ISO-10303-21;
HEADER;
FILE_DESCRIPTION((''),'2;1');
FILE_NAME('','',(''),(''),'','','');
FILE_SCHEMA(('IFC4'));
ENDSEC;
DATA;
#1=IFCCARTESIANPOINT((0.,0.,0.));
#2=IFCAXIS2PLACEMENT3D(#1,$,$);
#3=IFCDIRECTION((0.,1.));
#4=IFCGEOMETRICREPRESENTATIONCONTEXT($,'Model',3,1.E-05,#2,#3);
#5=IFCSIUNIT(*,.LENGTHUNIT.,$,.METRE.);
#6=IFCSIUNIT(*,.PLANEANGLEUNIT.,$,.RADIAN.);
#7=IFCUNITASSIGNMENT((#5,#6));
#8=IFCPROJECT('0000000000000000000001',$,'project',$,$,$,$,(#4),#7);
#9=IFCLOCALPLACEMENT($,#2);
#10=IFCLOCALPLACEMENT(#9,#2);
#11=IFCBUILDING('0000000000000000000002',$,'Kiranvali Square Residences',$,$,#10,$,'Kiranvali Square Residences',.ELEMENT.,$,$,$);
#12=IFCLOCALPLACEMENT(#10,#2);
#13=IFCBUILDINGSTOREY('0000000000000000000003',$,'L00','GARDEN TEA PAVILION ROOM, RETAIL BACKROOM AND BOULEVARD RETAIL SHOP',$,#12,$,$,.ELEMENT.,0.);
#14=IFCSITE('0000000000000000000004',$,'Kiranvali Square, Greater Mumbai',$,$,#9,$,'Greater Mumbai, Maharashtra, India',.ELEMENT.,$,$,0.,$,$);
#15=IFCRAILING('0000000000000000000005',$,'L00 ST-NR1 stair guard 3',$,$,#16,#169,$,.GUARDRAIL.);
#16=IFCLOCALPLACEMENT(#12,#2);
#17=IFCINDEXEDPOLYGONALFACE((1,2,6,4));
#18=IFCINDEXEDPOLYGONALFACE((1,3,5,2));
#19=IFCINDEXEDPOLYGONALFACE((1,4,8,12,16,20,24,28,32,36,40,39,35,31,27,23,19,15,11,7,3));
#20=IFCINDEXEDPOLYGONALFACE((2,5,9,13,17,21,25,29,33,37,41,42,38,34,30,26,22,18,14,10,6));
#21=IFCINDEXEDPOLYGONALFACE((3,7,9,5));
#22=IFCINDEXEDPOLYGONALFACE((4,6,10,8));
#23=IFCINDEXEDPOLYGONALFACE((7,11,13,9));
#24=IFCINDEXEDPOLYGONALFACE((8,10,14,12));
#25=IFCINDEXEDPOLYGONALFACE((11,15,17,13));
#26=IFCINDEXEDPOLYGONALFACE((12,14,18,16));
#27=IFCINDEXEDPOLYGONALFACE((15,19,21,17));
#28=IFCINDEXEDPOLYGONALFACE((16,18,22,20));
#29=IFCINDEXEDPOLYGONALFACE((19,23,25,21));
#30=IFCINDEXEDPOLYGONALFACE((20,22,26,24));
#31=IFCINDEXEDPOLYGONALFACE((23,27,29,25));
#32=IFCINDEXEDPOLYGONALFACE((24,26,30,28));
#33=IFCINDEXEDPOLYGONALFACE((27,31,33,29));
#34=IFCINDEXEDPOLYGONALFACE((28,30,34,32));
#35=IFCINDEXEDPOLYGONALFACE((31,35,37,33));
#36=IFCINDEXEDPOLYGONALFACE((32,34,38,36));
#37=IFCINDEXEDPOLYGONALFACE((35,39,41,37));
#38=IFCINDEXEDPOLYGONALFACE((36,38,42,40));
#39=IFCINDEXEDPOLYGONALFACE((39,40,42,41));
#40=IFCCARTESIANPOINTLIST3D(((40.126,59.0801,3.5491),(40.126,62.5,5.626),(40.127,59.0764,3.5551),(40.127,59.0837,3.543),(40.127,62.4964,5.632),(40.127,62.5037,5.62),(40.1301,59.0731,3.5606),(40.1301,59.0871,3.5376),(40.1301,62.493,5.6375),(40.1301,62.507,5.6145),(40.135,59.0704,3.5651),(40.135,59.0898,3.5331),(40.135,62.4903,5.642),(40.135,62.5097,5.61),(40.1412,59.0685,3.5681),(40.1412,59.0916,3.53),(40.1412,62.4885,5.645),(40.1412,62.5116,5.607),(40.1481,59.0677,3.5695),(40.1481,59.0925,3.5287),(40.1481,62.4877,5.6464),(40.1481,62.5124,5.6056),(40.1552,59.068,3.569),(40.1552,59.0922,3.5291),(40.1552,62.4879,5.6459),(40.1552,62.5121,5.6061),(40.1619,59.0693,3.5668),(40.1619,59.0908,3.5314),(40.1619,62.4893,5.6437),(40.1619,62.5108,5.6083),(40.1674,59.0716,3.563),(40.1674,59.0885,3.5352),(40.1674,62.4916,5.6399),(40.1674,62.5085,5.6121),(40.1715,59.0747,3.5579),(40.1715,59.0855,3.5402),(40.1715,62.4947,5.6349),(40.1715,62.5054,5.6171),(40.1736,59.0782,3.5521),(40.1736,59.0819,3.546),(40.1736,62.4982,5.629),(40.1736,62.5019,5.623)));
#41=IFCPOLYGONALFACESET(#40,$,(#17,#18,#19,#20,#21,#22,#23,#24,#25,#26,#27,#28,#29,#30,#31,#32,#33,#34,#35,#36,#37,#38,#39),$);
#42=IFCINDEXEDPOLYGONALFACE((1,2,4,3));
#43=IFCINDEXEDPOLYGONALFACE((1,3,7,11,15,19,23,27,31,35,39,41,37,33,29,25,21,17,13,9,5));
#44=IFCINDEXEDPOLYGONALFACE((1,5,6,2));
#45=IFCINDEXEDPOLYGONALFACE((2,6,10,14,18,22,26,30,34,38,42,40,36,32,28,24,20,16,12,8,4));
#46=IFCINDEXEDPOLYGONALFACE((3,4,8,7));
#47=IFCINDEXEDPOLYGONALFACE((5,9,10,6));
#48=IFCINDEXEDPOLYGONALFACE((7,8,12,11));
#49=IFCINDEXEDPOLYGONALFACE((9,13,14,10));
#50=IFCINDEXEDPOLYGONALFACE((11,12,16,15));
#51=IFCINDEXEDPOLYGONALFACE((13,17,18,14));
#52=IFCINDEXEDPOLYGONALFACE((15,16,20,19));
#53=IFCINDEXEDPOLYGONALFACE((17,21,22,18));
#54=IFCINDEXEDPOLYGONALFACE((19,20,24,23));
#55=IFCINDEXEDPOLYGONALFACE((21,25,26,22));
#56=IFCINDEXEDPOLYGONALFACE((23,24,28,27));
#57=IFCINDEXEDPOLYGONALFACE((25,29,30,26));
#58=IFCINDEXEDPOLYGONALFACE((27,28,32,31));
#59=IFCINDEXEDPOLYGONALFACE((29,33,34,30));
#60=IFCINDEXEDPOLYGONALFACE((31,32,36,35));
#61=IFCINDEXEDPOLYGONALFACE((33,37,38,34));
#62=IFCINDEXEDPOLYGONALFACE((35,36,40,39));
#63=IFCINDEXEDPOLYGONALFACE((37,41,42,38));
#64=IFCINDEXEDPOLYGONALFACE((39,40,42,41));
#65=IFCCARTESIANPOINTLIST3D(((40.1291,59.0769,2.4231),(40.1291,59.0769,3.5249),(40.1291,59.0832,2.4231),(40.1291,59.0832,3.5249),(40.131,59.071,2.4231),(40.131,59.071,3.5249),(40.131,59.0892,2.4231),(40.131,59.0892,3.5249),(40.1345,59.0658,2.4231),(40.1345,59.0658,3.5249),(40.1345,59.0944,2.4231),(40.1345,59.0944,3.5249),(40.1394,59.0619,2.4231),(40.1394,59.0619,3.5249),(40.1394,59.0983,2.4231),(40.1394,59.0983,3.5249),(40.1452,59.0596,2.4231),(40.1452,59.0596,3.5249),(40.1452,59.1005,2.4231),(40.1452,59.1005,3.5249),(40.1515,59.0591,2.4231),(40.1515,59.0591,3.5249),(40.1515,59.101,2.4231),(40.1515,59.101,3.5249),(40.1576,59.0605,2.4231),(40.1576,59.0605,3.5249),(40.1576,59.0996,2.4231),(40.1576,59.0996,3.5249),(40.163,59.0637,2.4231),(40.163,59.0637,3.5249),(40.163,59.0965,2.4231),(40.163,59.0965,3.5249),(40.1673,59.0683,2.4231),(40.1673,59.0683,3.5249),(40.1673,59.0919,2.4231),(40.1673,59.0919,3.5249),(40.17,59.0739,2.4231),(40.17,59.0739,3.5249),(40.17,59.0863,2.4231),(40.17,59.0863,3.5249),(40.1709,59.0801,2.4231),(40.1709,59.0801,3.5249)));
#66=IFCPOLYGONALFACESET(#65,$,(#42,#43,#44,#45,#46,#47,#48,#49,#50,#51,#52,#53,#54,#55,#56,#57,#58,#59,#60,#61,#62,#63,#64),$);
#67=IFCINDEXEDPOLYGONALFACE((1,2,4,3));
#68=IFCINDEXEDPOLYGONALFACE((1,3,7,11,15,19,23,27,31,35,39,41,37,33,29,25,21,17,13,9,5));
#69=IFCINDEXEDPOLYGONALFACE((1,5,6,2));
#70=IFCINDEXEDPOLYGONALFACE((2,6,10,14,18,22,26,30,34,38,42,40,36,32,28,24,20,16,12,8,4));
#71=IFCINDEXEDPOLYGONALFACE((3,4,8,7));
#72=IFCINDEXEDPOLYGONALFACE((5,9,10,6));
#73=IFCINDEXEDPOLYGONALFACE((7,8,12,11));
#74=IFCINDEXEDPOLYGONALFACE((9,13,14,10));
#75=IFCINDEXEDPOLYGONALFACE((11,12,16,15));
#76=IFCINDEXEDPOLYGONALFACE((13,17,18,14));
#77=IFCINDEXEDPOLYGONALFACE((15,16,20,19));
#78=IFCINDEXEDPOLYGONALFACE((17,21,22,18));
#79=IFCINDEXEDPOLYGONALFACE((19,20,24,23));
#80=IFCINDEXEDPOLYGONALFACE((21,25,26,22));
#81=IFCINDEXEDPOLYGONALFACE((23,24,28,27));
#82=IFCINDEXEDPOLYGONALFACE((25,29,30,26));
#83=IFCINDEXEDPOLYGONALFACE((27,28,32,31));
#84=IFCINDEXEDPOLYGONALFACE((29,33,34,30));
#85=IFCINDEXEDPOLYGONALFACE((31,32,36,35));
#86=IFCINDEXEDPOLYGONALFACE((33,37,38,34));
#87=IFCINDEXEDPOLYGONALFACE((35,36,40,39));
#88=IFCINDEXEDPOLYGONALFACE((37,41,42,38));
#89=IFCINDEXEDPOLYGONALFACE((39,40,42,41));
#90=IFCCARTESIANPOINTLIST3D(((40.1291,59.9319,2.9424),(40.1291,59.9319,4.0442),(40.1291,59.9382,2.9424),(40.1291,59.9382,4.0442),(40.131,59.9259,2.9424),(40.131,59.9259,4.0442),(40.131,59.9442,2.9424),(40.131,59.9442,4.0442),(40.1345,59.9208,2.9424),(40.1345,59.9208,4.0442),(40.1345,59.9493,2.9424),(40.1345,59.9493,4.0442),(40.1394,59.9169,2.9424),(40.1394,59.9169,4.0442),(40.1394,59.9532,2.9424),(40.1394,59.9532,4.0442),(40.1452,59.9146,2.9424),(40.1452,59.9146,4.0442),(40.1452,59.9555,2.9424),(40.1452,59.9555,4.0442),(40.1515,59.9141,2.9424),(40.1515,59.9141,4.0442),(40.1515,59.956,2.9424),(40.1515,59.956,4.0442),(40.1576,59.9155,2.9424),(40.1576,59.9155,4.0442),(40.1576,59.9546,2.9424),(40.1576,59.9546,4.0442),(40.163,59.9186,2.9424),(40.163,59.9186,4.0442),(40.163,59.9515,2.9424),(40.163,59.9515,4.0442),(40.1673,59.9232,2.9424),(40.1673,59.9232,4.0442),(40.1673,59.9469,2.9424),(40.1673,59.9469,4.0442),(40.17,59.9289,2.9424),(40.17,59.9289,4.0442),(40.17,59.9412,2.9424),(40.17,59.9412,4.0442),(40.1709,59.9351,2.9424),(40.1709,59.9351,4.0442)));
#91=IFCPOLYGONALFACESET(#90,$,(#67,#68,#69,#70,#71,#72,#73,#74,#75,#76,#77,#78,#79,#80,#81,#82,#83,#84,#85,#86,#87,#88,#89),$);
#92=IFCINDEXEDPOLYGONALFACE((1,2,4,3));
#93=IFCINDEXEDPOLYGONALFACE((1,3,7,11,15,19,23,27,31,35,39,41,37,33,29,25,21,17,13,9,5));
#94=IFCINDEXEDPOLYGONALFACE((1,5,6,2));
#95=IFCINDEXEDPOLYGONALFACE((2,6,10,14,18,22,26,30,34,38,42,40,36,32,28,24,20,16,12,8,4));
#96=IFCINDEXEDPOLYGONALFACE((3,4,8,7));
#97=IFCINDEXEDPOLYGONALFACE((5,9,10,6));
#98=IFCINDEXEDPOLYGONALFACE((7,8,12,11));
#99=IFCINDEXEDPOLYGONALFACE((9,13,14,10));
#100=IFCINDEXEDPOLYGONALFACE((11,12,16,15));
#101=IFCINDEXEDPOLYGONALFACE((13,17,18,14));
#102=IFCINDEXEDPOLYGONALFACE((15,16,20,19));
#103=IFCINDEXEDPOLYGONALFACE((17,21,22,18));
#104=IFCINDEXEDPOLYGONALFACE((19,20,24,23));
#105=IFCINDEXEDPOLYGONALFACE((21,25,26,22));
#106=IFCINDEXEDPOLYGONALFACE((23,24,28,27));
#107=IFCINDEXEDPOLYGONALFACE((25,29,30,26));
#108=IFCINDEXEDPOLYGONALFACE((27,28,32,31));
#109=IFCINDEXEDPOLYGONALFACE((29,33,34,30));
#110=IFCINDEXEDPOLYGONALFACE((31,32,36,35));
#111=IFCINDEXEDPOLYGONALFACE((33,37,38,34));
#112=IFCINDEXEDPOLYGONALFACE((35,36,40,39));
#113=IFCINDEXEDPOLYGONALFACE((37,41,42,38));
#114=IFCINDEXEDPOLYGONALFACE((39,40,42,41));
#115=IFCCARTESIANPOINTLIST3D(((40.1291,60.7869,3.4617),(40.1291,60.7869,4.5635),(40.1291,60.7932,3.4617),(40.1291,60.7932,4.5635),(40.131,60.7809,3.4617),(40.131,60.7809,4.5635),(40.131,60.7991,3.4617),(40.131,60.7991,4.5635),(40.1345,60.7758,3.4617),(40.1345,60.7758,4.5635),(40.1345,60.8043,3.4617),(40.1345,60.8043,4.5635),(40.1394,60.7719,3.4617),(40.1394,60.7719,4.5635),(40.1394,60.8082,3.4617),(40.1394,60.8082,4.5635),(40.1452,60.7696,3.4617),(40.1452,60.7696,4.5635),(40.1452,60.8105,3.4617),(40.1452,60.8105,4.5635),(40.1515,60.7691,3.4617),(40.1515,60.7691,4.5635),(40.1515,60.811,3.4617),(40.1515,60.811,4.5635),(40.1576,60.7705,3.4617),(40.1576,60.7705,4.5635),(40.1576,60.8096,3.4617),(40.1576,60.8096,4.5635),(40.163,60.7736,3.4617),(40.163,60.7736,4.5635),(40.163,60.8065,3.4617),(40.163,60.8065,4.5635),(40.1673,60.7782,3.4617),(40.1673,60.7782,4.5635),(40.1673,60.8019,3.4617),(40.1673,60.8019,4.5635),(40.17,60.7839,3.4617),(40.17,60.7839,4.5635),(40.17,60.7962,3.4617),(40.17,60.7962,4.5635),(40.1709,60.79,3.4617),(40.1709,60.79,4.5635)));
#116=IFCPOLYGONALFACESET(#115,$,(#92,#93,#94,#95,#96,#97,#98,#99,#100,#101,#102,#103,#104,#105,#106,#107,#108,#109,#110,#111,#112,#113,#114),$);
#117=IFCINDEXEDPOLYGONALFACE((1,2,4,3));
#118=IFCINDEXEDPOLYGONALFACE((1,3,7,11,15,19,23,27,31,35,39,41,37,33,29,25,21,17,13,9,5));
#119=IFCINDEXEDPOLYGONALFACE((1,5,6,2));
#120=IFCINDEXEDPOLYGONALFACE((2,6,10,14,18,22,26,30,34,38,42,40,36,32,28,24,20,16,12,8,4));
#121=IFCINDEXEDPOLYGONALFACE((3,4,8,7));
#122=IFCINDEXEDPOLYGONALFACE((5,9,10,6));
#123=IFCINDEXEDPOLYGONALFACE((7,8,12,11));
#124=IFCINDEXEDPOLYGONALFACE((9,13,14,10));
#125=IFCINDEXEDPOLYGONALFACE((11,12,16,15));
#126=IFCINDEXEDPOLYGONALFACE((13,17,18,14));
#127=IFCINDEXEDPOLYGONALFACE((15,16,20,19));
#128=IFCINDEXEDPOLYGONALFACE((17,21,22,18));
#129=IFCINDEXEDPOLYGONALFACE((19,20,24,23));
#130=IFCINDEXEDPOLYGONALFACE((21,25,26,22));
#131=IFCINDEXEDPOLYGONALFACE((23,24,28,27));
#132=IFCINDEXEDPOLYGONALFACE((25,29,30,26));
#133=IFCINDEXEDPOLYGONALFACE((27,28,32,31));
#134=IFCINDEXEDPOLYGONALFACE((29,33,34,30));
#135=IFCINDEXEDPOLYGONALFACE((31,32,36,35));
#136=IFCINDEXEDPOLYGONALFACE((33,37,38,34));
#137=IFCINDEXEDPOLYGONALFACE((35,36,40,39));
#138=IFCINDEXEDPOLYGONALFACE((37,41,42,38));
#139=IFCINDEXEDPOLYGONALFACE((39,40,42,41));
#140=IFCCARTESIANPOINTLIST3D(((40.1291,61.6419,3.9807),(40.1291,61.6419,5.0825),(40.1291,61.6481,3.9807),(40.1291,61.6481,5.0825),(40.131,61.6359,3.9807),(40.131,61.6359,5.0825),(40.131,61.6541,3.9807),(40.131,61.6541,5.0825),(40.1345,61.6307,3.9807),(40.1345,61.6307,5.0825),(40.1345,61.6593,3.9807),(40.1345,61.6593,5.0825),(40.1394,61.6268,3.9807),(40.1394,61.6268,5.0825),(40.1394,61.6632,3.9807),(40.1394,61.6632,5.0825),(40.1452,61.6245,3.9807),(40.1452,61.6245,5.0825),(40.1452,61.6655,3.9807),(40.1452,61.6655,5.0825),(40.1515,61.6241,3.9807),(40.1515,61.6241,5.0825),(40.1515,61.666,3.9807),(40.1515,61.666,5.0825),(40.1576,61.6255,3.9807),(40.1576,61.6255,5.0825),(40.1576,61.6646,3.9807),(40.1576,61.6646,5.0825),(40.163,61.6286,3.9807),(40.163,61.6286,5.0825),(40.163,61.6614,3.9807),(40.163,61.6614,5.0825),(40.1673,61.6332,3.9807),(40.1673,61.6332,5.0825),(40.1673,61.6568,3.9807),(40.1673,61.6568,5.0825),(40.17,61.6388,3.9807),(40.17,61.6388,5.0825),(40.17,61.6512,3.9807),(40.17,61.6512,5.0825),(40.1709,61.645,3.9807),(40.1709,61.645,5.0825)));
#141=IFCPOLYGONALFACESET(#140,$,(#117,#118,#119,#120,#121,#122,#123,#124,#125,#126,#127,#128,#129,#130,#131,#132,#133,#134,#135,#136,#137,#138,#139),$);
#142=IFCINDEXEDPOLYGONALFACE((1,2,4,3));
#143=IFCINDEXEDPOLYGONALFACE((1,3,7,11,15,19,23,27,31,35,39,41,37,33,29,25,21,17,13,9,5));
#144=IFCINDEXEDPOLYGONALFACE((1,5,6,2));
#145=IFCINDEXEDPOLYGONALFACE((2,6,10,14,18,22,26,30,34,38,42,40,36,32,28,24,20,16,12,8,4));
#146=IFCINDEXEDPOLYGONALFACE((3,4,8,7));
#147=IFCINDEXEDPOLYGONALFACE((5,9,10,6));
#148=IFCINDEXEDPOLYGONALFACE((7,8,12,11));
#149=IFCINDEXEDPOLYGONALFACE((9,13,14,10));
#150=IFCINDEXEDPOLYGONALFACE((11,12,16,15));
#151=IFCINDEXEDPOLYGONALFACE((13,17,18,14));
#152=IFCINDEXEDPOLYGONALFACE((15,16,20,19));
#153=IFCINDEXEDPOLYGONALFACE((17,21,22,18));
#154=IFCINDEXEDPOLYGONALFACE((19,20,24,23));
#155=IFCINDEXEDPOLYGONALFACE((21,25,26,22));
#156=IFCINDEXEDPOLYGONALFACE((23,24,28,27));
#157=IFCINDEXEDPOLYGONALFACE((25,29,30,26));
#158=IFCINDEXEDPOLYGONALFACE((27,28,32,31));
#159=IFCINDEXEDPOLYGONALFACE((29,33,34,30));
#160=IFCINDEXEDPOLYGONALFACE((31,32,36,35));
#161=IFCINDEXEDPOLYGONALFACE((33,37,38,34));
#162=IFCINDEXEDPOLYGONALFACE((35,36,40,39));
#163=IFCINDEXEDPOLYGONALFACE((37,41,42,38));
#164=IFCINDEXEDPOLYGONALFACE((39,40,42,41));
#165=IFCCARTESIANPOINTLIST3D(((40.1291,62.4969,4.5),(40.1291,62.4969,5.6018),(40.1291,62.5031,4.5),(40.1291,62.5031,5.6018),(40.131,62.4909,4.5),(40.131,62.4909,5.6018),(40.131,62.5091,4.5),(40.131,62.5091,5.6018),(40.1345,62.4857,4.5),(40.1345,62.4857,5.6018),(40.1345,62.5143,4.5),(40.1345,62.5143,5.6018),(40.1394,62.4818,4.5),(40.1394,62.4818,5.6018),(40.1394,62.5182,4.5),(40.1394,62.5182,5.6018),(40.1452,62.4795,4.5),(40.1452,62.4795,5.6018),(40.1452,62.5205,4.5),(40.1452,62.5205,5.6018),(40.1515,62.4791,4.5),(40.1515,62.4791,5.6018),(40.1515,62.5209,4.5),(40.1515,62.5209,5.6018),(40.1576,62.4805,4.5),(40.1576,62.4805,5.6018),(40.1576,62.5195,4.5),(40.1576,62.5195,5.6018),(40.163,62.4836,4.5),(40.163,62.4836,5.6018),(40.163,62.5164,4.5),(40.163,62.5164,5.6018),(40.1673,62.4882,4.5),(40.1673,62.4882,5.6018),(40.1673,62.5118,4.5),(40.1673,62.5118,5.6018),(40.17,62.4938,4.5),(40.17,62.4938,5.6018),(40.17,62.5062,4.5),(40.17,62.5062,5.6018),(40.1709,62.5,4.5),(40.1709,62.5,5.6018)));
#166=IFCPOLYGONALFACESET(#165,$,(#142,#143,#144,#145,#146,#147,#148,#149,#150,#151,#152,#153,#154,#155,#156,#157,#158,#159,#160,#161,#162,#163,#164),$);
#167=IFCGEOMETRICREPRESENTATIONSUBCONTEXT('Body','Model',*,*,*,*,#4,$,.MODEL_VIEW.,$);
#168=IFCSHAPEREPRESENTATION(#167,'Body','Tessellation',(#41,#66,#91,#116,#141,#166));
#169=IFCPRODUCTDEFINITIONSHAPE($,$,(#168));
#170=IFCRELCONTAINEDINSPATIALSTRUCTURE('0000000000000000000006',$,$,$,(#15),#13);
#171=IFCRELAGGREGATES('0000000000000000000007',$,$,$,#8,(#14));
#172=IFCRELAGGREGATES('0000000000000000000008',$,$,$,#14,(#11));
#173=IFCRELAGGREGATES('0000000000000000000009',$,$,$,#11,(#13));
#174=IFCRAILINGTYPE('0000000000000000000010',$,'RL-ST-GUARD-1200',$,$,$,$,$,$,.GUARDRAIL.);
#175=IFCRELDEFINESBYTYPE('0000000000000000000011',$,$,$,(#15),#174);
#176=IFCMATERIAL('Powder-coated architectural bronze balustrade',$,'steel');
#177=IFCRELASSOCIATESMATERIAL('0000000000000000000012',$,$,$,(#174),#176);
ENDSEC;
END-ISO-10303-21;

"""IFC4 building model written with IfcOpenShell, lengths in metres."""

from ifc_helpers import new_model, si_unit, direction, frame, origin, origin_2d, place, context, subcontext, project, spatial, circle, extrude, material, type_object, element, save


model = new_model("IFC4")

# Units and contexts
model_context = context("Model", 3, precision=1e-05, world=origin(), true_north=direction((0.0, 1.0)))
body_context = subcontext(model_context, "Body", "Model", "MODEL_VIEW")
ifc_project = project(units=[si_unit("LENGTHUNIT", "METRE"), si_unit("PLANEANGLEUNIT", "RADIAN")], contexts=[model_context])

# Site, building, storey
site_placement = place(None, origin())
site = spatial("IfcSite", under=ifc_project, at=site_placement, Name="Kiranvali Square, Greater Mumbai", LongName="Greater Mumbai, Maharashtra, India", CompositionType="ELEMENT", RefElevation=0.0)
building_placement = place(site_placement, origin())
building = spatial("IfcBuilding", under=site, at=building_placement, Name="Kiranvali Square Residences", LongName="Kiranvali Square Residences", CompositionType="ELEMENT")
storey_placement = place(building_placement, origin())
storey = spatial("IfcBuildingStorey", under=building, at=storey_placement, Name="L00", Description="GARDEN TEA PAVILION ROOM, RETAIL BACKROOM AND BOULEVARD RETAIL SHOP", CompositionType="ELEMENT", Elevation=0.0)

# Railing
ifc_material_1 = material(Name="Powder-coated architectural bronze balustrade", Category="steel")
railing_type_1 = type_object("IfcRailingType", Name="RL-ST-GUARD-1200", PredefinedType="GUARDRAIL", material=ifc_material_1)
railing_1_placement = place(storey_placement, frame((40.1499, 59.0801, 2.4231)))
element("IfcRailing", 1, at=railing_1_placement, inside=storey, type_object=railing_type_1, Name="L00 ST-NR1 stair guard 3", PredefinedType="GUARDRAIL", context=body_context, shape_type="SweptSolid", body=[
    extrude(circle(Radius=0.0239, at=origin_2d()), frame((0.0, 0.0, 1.126), z_axis=(0.0, 0.85473, 0.519074), x_axis=(-1.0, 0.0, 0.0)), (0.0, 0.0, 1.0), 4.0012),
    extrude(circle(Radius=0.021, at=origin_2d()), origin(), (0.0, 0.0, 1.0), 1.1018),
    extrude(circle(Radius=0.021, at=origin_2d()), frame((0.0, 0.855, 0.5193)), (0.0, 0.0, 1.0), 1.1018),
    extrude(circle(Radius=0.021, at=origin_2d()), frame((0.0, 1.71, 1.0386)), (0.0, 0.0, 1.0), 1.1018),
    extrude(circle(Radius=0.021, at=origin_2d()), frame((0.0, 2.5649, 1.5576)), (0.0, 0.0, 1.0), 1.1018),
    extrude(circle(Radius=0.021, at=origin_2d()), frame((0.0, 3.4199, 2.0769)), (0.0, 0.0, 1.0), 1.1018),
])

save(model, "model.ifc")
